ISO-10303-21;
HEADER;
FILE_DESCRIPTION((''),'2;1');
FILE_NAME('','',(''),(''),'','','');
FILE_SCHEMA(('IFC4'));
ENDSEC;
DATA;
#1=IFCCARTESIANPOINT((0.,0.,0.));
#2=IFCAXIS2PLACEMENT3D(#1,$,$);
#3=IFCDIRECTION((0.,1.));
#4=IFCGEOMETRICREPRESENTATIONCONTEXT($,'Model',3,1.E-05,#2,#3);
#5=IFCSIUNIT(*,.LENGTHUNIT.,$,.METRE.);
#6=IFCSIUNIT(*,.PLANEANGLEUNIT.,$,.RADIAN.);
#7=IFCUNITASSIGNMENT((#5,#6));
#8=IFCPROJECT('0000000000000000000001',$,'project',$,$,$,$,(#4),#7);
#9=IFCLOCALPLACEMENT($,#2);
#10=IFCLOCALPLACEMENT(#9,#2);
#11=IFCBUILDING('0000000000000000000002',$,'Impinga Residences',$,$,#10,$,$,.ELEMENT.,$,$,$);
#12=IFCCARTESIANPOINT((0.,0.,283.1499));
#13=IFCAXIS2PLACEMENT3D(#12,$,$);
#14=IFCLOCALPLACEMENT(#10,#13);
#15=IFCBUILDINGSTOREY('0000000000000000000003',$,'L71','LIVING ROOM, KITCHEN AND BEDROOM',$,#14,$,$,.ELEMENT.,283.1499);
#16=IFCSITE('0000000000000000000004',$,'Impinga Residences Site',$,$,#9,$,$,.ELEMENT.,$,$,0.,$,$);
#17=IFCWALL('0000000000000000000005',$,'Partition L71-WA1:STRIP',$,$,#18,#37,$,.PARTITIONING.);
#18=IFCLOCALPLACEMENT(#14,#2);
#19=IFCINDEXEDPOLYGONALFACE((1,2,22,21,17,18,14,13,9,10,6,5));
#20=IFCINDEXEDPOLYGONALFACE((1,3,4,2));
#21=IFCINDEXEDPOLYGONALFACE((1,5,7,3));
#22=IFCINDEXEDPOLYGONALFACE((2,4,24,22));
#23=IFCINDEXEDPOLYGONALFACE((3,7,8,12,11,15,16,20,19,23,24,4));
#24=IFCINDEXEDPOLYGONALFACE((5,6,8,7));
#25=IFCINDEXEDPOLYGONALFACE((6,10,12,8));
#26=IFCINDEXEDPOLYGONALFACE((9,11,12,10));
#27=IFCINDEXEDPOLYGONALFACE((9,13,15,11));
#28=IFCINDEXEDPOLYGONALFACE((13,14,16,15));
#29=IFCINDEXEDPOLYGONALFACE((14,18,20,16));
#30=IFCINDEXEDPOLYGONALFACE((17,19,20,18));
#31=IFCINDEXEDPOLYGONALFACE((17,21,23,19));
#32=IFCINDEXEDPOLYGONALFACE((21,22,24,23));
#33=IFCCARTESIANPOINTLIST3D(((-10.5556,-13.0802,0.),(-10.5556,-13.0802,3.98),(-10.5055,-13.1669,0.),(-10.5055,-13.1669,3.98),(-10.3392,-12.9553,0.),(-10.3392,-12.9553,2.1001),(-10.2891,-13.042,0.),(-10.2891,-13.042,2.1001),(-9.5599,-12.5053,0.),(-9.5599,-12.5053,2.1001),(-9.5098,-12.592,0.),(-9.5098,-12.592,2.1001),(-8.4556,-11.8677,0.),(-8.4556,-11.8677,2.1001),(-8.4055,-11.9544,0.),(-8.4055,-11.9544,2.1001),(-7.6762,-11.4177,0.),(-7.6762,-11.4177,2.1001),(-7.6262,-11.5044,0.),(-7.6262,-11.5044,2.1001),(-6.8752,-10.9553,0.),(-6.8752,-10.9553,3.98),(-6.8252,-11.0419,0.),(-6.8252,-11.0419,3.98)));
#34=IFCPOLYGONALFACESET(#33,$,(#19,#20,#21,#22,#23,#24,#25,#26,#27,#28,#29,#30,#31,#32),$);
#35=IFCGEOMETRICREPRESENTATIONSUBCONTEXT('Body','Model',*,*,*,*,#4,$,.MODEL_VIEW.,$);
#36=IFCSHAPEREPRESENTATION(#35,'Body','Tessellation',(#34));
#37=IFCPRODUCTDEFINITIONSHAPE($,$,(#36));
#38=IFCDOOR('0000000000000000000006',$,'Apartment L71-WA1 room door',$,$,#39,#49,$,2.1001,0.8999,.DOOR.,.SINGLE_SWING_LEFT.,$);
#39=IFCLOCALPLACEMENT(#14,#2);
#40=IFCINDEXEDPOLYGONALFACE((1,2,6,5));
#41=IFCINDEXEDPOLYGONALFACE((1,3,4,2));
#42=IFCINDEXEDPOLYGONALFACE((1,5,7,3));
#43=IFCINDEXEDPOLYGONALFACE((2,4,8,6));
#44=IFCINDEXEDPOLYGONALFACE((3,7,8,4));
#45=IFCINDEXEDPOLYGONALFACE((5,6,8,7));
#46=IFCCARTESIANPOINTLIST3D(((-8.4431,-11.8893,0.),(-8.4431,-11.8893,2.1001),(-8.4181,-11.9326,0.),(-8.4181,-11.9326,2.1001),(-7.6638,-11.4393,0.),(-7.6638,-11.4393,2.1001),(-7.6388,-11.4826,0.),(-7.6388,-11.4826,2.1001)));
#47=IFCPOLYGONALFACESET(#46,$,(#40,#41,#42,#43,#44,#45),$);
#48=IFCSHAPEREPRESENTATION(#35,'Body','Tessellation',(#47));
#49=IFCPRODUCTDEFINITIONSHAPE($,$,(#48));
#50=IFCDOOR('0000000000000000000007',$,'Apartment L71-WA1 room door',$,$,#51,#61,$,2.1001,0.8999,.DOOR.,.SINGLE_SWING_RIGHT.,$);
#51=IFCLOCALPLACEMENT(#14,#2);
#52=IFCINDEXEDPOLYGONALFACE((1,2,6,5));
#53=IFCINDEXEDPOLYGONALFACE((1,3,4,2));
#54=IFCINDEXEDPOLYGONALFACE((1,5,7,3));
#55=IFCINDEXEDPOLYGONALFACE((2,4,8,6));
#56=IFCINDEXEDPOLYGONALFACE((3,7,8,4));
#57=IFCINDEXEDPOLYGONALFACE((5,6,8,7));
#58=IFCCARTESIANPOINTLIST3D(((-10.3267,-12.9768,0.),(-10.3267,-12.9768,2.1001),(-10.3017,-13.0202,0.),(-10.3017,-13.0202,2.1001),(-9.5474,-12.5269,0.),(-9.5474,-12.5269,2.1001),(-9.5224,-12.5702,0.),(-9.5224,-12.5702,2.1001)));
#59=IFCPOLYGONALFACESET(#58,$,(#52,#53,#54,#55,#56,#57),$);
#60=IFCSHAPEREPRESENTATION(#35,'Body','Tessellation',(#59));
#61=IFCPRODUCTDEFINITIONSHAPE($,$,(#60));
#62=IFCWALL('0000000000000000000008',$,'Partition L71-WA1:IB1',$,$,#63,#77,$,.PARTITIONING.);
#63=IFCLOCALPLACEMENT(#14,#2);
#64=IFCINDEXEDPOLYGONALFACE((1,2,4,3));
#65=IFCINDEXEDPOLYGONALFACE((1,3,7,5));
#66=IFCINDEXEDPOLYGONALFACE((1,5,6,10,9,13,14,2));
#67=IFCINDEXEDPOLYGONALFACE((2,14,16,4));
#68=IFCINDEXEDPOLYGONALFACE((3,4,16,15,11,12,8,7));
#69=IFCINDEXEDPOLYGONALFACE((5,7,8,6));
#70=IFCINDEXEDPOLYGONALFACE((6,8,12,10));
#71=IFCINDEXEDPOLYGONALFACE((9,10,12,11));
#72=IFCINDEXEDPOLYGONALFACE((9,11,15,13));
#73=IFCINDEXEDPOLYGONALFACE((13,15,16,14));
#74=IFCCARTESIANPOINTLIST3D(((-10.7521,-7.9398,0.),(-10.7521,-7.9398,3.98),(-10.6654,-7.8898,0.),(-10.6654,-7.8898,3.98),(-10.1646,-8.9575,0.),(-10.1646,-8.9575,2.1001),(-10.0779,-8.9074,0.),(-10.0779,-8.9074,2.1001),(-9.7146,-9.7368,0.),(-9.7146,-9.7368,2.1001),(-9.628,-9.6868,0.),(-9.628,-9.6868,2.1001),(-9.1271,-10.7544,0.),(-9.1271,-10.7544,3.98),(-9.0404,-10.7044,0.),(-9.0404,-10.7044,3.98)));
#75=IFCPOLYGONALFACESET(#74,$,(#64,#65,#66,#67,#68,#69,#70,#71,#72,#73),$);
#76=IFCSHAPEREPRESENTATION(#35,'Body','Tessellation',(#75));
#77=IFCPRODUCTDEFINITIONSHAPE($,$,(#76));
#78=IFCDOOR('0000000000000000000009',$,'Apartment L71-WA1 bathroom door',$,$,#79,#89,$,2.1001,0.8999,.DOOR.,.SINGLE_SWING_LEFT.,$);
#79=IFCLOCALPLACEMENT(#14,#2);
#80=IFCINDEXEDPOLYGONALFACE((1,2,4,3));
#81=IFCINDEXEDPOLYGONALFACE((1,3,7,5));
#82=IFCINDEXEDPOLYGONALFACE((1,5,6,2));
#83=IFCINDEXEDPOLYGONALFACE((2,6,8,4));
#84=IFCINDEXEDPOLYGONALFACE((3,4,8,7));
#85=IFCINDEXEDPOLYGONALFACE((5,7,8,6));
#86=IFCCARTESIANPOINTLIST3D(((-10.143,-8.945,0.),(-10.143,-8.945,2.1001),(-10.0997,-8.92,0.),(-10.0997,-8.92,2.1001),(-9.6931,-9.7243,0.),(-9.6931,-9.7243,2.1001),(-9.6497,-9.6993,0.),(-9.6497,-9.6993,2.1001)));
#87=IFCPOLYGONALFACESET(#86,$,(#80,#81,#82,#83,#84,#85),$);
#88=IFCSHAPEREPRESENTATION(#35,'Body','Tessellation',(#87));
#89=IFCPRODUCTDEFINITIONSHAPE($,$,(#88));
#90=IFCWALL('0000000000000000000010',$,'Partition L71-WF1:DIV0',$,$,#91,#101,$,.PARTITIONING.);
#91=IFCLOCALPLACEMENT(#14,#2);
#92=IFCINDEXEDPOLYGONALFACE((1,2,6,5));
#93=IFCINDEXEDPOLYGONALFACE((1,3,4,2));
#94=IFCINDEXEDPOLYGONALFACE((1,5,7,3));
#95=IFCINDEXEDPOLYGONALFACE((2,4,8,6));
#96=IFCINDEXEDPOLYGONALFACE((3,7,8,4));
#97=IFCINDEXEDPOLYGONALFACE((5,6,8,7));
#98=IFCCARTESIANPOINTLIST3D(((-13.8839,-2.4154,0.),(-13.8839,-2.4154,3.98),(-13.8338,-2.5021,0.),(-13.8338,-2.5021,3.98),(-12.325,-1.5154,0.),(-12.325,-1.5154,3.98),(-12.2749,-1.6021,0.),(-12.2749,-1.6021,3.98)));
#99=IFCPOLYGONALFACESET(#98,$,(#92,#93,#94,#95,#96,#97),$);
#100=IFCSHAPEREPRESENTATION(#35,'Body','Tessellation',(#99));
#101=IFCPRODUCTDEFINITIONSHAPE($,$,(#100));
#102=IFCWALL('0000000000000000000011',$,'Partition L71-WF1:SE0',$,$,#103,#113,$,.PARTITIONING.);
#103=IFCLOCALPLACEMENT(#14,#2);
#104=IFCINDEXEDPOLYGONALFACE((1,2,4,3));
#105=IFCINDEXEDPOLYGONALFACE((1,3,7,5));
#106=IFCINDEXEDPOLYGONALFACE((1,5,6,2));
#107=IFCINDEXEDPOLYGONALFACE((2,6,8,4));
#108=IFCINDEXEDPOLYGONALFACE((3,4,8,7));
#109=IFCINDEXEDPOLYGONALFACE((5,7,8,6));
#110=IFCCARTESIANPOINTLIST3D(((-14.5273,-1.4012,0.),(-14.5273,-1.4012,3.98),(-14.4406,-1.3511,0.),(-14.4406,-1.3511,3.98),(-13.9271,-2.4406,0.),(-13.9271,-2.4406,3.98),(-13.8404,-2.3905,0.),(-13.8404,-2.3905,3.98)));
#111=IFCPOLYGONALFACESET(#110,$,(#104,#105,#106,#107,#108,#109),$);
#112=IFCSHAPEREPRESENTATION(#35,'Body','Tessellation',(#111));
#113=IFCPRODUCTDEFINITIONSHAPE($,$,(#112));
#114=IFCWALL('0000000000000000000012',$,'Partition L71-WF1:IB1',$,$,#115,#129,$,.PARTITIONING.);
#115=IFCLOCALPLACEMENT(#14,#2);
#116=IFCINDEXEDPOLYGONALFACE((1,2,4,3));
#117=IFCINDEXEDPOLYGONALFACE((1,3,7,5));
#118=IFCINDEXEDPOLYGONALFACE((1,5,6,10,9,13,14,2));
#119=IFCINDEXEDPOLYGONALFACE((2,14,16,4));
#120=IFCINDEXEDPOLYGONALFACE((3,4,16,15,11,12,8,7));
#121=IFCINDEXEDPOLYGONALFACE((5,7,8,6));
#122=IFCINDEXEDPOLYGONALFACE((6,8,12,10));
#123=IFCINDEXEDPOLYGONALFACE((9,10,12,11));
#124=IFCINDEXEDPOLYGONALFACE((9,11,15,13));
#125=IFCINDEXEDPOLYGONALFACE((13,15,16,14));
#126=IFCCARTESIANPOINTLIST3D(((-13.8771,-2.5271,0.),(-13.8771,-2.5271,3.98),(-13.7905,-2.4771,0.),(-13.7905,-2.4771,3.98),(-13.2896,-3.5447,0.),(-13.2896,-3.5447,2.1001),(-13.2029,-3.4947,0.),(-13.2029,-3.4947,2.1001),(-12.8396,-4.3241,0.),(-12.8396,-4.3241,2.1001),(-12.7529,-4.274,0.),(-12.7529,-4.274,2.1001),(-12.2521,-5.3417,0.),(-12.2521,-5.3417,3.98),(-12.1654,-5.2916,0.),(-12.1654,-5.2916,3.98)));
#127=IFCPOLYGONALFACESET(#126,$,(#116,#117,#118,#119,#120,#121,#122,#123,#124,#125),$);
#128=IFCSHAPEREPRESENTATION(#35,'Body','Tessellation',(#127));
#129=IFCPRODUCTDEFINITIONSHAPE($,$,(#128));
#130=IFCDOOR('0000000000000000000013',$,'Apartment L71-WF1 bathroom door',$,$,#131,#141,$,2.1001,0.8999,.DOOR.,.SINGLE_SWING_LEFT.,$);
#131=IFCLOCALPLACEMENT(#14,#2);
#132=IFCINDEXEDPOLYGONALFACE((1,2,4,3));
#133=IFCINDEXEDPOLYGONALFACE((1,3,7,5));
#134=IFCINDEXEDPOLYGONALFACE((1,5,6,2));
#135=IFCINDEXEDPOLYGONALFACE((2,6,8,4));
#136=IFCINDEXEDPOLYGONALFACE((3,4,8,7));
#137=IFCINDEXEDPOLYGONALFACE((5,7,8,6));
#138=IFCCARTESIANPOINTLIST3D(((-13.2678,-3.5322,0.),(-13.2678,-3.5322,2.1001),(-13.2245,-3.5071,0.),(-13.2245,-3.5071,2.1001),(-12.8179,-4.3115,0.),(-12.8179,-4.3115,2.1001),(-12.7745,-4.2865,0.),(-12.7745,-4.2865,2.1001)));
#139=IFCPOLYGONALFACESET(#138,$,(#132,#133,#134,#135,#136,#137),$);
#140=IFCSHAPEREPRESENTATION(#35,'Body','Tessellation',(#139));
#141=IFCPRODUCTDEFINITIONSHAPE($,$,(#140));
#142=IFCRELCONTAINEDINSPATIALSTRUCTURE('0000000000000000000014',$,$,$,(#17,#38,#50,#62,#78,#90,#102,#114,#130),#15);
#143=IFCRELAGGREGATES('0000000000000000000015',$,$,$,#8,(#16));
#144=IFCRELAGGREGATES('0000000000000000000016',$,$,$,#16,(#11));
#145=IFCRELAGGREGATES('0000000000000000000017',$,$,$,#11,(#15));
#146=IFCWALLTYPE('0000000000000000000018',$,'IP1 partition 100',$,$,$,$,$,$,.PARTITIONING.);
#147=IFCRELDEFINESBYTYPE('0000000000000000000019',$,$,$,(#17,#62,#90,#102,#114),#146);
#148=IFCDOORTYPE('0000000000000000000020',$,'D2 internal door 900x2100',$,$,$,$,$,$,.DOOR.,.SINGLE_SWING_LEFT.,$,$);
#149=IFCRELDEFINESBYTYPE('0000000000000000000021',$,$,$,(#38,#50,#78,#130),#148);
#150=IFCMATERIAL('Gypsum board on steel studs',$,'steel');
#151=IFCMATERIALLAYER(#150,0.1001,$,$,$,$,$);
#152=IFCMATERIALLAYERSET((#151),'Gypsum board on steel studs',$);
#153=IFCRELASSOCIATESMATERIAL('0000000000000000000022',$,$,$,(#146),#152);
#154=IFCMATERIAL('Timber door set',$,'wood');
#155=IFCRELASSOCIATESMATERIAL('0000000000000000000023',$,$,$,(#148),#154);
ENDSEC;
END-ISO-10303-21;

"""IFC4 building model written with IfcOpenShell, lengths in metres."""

from ifc_helpers import new_model, si_unit, direction, frame, frame_2d, origin, place, context, subcontext, project, spatial, rectangle, extrude, material, layer, layer_set, type_object, element, fill, save


model = new_model("IFC4")

# Units and contexts
model_context = context("Model", 3, precision=1e-05, world=origin(), true_north=direction((0.0, 1.0)))
body_context = subcontext(model_context, "Body", "Model", "MODEL_VIEW")
ifc_project = project(units=[si_unit("LENGTHUNIT", "METRE"), si_unit("PLANEANGLEUNIT", "RADIAN")], contexts=[model_context])

# Site, building, storey
site_placement = place(None, origin())
site = spatial("IfcSite", under=ifc_project, at=site_placement, Name="Impinga Residences Site", CompositionType="ELEMENT", RefElevation=0.0)
building_placement = place(site_placement, origin())
building = spatial("IfcBuilding", under=site, at=building_placement, Name="Impinga Residences", CompositionType="ELEMENT")
storey_placement = place(building_placement, frame((0.0, 0.0, 283.1499)))
storey = spatial("IfcBuildingStorey", under=building, at=storey_placement, Name="L71", Description="LIVING ROOM, KITCHEN AND BEDROOM", CompositionType="ELEMENT", Elevation=283.1499)

# Shared definitions
ifc_material_1 = material(Name="Timber door set", Category="wood")

# Shared definitions
ifc_material_2 = material(Name="Gypsum board on steel studs", Category="steel")
ifc_layer_1 = layer(ifc_material_2, 0.1001)
ifc_layer_set_1 = layer_set([ifc_layer_1], Name="Gypsum board on steel studs")
wall_type_1 = type_object("IfcWallType", Name="IP1 partition 100", PredefinedType="PARTITIONING", material=ifc_layer_set_1)

# Wall, openings, doors
wall_1_placement = place(storey_placement, frame((-6.8501, -10.9985, 0.0), z_axis=(0.0, 0.0, 1.0), x_axis=(-0.866014, -0.500019, 0.0)))
wall_1 = element("IfcWall", 1, at=wall_1_placement, inside=storey, type_object=wall_type_1, Name="Partition L71-WA1:STRIP", PredefinedType="PARTITIONING", context=body_context, shape_type="SweptSolid", body=[
    extrude(rectangle(XDim=4.2498, YDim=0.1001, at=frame_2d((2.125, 0.0))), origin(), (0.0, 0.0, 1.0), 3.98),
])
opening_1_placement = place(wall_1_placement, frame((0.925, 0.0, 0.0)))
opening_1 = element("IfcOpeningElement", 2, at=opening_1_placement, cuts=wall_1, PredefinedType="OPENING", context=body_context, shape_type="SweptSolid", body=[
    extrude(rectangle(XDim=0.8999, YDim=2.1001, at=frame_2d((0.45, 1.05))), frame((0.0, 0.0601, 0.0), z_axis=(0.0, -1.0, 0.0), x_axis=(1.0, 0.0, 0.0)), (0.0, 0.0, 1.0), 0.1201),
])
opening_2_placement = place(wall_1_placement, frame((3.1001, 0.0, 0.0)))
opening_2 = element("IfcOpeningElement", 3, at=opening_2_placement, cuts=wall_1, PredefinedType="OPENING", context=body_context, shape_type="SweptSolid", body=[
    extrude(rectangle(XDim=0.8999, YDim=2.1001, at=frame_2d((0.45, 1.05))), frame((0.0, 0.0601, 0.0), z_axis=(0.0, -1.0, 0.0), x_axis=(1.0, 0.0, 0.0)), (0.0, 0.0, 1.0), 0.1201),
])
door_type_1 = type_object("IfcDoorType", Name="D2 internal door 900x2100", OperationType="SINGLE_SWING_LEFT", PredefinedType="DOOR", material=ifc_material_1)
door_1_placement = place(opening_1_placement, origin())
door_1 = element("IfcDoor", 4, at=door_1_placement, inside=storey, type_object=door_type_1, Name="Apartment L71-WA1 room door", OperationType="SINGLE_SWING_LEFT", OverallHeight=2.1001, OverallWidth=0.8999, PredefinedType="DOOR", context=body_context, shape_type="SweptSolid", body=[
    extrude(rectangle(XDim=0.8999, YDim=2.1001, at=frame_2d((0.45, 1.05))), frame((0.0, 0.0249, 0.0), z_axis=(0.0, -1.0, 0.0), x_axis=(1.0, 0.0, 0.0)), (0.0, 0.0, 1.0), 0.05),
])
fill(opening_1, door_1)
door_2_placement = place(opening_2_placement, origin())
door_2 = element("IfcDoor", 5, at=door_2_placement, inside=storey, type_object=door_type_1, Name="Apartment L71-WA1 room door", OperationType="SINGLE_SWING_RIGHT", OverallHeight=2.1001, OverallWidth=0.8999, PredefinedType="DOOR", context=body_context, shape_type="SweptSolid", body=[
    extrude(rectangle(XDim=0.8999, YDim=2.1001, at=frame_2d((0.45, 1.05))), frame((0.0, 0.0249, 0.0), z_axis=(0.0, -1.0, 0.0), x_axis=(1.0, 0.0, 0.0)), (0.0, 0.0, 1.0), 0.05),
])
fill(opening_2, door_2)

# Wall, opening, door
wall_2_placement = place(storey_placement, frame((-10.7087, -7.9148, 0.0), z_axis=(0.0, 0.0, 1.0), x_axis=(0.499985, -0.866034, 0.0)))
wall_2 = element("IfcWall", 6, at=wall_2_placement, inside=storey, type_object=wall_type_1, Name="Partition L71-WA1:IB1", PredefinedType="PARTITIONING", context=body_context, shape_type="SweptSolid", body=[
    extrude(rectangle(XDim=3.25, YDim=0.1001, at=frame_2d((1.625, 0.0))), origin(), (0.0, 0.0, 1.0), 3.98),
])
opening_3_placement = place(wall_2_placement, frame((1.175, 0.0, 0.0)))
opening_3 = element("IfcOpeningElement", 7, at=opening_3_placement, cuts=wall_2, PredefinedType="OPENING", context=body_context, shape_type="SweptSolid", body=[
    extrude(rectangle(XDim=0.8999, YDim=2.1001, at=frame_2d((0.45, 1.05))), frame((0.0, 0.0601, 0.0), z_axis=(0.0, -1.0, 0.0), x_axis=(1.0, 0.0, 0.0)), (0.0, 0.0, 1.0), 0.1201),
])
door_3_placement = place(opening_3_placement, origin())
door_3 = element("IfcDoor", 8, at=door_3_placement, inside=storey, type_object=door_type_1, Name="Apartment L71-WA1 bathroom door", OperationType="SINGLE_SWING_LEFT", OverallHeight=2.1001, OverallWidth=0.8999, PredefinedType="DOOR", context=body_context, shape_type="SweptSolid", body=[
    extrude(rectangle(XDim=0.8999, YDim=2.1001, at=frame_2d((0.45, 1.05))), frame((0.0, 0.0249, 0.0), z_axis=(0.0, -1.0, 0.0), x_axis=(1.0, 0.0, 0.0)), (0.0, 0.0, 1.0), 0.05),
])
fill(opening_3, door_3)

# Walls
wall_3_placement = place(storey_placement, frame((-12.3, -1.5588, 0.0), z_axis=(0.0, 0.0, 1.0), x_axis=(-0.866048, -0.499961, 0.0)))
element("IfcWall", 9, at=wall_3_placement, inside=storey, type_object=wall_type_1, Name="Partition L71-WF1:DIV0", PredefinedType="PARTITIONING", context=body_context, shape_type="SweptSolid", body=[
    extrude(rectangle(XDim=1.8, YDim=0.1001, at=frame_2d((0.8999, 0.0))), origin(), (0.0, 0.0, 1.0), 3.98),
])
wall_4_placement = place(storey_placement, frame((-13.8838, -2.4155, 0.0), z_axis=(0.0, 0.0, 1.0), x_axis=(-0.500034, 0.866006, 0.0)))
element("IfcWall", 10, at=wall_4_placement, inside=storey, type_object=wall_type_1, Name="Partition L71-WF1:SE0", PredefinedType="PARTITIONING", context=body_context, shape_type="SweptSolid", body=[
    extrude(rectangle(XDim=1.2002, YDim=0.1001, at=frame_2d((0.6001, 0.0))), origin(), (0.0, 0.0, 1.0), 3.98),
])

# Wall, opening, door
wall_5_placement = place(storey_placement, frame((-12.2087, -5.3167, 0.0), z_axis=(0.0, 0.0, 1.0), x_axis=(-0.500017, 0.866015, 0.0)))
wall_5 = element("IfcWall", 11, at=wall_5_placement, inside=storey, type_object=wall_type_1, Name="Partition L71-WF1:IB1", PredefinedType="PARTITIONING", context=body_context, shape_type="SweptSolid", body=[
    extrude(rectangle(XDim=3.25, YDim=0.1001, at=frame_2d((1.625, 0.0))), origin(), (0.0, 0.0, 1.0), 3.98),
])
opening_4_placement = place(wall_5_placement, frame((1.175, 0.0, 0.0)))
opening_4 = element("IfcOpeningElement", 12, at=opening_4_placement, cuts=wall_5, PredefinedType="OPENING", context=body_context, shape_type="SweptSolid", body=[
    extrude(rectangle(XDim=0.8999, YDim=2.1001, at=frame_2d((0.45, 1.05))), frame((0.0, 0.0601, 0.0), z_axis=(0.0, -1.0, 0.0), x_axis=(1.0, 0.0, 0.0)), (0.0, 0.0, 1.0), 0.1201),
])
door_4_placement = place(opening_4_placement, origin())
door_4 = element("IfcDoor", 13, at=door_4_placement, inside=storey, type_object=door_type_1, Name="Apartment L71-WF1 bathroom door", OperationType="SINGLE_SWING_LEFT", OverallHeight=2.1001, OverallWidth=0.8999, PredefinedType="DOOR", context=body_context, shape_type="SweptSolid", body=[
    extrude(rectangle(XDim=0.8999, YDim=2.1001, at=frame_2d((0.45, 1.05))), frame((0.0, 0.0249, 0.0), z_axis=(0.0, -1.0, 0.0), x_axis=(1.0, 0.0, 0.0)), (0.0, 0.0, 1.0), 0.05),
])
fill(opening_4, door_4)

save(model, "model.ifc")
